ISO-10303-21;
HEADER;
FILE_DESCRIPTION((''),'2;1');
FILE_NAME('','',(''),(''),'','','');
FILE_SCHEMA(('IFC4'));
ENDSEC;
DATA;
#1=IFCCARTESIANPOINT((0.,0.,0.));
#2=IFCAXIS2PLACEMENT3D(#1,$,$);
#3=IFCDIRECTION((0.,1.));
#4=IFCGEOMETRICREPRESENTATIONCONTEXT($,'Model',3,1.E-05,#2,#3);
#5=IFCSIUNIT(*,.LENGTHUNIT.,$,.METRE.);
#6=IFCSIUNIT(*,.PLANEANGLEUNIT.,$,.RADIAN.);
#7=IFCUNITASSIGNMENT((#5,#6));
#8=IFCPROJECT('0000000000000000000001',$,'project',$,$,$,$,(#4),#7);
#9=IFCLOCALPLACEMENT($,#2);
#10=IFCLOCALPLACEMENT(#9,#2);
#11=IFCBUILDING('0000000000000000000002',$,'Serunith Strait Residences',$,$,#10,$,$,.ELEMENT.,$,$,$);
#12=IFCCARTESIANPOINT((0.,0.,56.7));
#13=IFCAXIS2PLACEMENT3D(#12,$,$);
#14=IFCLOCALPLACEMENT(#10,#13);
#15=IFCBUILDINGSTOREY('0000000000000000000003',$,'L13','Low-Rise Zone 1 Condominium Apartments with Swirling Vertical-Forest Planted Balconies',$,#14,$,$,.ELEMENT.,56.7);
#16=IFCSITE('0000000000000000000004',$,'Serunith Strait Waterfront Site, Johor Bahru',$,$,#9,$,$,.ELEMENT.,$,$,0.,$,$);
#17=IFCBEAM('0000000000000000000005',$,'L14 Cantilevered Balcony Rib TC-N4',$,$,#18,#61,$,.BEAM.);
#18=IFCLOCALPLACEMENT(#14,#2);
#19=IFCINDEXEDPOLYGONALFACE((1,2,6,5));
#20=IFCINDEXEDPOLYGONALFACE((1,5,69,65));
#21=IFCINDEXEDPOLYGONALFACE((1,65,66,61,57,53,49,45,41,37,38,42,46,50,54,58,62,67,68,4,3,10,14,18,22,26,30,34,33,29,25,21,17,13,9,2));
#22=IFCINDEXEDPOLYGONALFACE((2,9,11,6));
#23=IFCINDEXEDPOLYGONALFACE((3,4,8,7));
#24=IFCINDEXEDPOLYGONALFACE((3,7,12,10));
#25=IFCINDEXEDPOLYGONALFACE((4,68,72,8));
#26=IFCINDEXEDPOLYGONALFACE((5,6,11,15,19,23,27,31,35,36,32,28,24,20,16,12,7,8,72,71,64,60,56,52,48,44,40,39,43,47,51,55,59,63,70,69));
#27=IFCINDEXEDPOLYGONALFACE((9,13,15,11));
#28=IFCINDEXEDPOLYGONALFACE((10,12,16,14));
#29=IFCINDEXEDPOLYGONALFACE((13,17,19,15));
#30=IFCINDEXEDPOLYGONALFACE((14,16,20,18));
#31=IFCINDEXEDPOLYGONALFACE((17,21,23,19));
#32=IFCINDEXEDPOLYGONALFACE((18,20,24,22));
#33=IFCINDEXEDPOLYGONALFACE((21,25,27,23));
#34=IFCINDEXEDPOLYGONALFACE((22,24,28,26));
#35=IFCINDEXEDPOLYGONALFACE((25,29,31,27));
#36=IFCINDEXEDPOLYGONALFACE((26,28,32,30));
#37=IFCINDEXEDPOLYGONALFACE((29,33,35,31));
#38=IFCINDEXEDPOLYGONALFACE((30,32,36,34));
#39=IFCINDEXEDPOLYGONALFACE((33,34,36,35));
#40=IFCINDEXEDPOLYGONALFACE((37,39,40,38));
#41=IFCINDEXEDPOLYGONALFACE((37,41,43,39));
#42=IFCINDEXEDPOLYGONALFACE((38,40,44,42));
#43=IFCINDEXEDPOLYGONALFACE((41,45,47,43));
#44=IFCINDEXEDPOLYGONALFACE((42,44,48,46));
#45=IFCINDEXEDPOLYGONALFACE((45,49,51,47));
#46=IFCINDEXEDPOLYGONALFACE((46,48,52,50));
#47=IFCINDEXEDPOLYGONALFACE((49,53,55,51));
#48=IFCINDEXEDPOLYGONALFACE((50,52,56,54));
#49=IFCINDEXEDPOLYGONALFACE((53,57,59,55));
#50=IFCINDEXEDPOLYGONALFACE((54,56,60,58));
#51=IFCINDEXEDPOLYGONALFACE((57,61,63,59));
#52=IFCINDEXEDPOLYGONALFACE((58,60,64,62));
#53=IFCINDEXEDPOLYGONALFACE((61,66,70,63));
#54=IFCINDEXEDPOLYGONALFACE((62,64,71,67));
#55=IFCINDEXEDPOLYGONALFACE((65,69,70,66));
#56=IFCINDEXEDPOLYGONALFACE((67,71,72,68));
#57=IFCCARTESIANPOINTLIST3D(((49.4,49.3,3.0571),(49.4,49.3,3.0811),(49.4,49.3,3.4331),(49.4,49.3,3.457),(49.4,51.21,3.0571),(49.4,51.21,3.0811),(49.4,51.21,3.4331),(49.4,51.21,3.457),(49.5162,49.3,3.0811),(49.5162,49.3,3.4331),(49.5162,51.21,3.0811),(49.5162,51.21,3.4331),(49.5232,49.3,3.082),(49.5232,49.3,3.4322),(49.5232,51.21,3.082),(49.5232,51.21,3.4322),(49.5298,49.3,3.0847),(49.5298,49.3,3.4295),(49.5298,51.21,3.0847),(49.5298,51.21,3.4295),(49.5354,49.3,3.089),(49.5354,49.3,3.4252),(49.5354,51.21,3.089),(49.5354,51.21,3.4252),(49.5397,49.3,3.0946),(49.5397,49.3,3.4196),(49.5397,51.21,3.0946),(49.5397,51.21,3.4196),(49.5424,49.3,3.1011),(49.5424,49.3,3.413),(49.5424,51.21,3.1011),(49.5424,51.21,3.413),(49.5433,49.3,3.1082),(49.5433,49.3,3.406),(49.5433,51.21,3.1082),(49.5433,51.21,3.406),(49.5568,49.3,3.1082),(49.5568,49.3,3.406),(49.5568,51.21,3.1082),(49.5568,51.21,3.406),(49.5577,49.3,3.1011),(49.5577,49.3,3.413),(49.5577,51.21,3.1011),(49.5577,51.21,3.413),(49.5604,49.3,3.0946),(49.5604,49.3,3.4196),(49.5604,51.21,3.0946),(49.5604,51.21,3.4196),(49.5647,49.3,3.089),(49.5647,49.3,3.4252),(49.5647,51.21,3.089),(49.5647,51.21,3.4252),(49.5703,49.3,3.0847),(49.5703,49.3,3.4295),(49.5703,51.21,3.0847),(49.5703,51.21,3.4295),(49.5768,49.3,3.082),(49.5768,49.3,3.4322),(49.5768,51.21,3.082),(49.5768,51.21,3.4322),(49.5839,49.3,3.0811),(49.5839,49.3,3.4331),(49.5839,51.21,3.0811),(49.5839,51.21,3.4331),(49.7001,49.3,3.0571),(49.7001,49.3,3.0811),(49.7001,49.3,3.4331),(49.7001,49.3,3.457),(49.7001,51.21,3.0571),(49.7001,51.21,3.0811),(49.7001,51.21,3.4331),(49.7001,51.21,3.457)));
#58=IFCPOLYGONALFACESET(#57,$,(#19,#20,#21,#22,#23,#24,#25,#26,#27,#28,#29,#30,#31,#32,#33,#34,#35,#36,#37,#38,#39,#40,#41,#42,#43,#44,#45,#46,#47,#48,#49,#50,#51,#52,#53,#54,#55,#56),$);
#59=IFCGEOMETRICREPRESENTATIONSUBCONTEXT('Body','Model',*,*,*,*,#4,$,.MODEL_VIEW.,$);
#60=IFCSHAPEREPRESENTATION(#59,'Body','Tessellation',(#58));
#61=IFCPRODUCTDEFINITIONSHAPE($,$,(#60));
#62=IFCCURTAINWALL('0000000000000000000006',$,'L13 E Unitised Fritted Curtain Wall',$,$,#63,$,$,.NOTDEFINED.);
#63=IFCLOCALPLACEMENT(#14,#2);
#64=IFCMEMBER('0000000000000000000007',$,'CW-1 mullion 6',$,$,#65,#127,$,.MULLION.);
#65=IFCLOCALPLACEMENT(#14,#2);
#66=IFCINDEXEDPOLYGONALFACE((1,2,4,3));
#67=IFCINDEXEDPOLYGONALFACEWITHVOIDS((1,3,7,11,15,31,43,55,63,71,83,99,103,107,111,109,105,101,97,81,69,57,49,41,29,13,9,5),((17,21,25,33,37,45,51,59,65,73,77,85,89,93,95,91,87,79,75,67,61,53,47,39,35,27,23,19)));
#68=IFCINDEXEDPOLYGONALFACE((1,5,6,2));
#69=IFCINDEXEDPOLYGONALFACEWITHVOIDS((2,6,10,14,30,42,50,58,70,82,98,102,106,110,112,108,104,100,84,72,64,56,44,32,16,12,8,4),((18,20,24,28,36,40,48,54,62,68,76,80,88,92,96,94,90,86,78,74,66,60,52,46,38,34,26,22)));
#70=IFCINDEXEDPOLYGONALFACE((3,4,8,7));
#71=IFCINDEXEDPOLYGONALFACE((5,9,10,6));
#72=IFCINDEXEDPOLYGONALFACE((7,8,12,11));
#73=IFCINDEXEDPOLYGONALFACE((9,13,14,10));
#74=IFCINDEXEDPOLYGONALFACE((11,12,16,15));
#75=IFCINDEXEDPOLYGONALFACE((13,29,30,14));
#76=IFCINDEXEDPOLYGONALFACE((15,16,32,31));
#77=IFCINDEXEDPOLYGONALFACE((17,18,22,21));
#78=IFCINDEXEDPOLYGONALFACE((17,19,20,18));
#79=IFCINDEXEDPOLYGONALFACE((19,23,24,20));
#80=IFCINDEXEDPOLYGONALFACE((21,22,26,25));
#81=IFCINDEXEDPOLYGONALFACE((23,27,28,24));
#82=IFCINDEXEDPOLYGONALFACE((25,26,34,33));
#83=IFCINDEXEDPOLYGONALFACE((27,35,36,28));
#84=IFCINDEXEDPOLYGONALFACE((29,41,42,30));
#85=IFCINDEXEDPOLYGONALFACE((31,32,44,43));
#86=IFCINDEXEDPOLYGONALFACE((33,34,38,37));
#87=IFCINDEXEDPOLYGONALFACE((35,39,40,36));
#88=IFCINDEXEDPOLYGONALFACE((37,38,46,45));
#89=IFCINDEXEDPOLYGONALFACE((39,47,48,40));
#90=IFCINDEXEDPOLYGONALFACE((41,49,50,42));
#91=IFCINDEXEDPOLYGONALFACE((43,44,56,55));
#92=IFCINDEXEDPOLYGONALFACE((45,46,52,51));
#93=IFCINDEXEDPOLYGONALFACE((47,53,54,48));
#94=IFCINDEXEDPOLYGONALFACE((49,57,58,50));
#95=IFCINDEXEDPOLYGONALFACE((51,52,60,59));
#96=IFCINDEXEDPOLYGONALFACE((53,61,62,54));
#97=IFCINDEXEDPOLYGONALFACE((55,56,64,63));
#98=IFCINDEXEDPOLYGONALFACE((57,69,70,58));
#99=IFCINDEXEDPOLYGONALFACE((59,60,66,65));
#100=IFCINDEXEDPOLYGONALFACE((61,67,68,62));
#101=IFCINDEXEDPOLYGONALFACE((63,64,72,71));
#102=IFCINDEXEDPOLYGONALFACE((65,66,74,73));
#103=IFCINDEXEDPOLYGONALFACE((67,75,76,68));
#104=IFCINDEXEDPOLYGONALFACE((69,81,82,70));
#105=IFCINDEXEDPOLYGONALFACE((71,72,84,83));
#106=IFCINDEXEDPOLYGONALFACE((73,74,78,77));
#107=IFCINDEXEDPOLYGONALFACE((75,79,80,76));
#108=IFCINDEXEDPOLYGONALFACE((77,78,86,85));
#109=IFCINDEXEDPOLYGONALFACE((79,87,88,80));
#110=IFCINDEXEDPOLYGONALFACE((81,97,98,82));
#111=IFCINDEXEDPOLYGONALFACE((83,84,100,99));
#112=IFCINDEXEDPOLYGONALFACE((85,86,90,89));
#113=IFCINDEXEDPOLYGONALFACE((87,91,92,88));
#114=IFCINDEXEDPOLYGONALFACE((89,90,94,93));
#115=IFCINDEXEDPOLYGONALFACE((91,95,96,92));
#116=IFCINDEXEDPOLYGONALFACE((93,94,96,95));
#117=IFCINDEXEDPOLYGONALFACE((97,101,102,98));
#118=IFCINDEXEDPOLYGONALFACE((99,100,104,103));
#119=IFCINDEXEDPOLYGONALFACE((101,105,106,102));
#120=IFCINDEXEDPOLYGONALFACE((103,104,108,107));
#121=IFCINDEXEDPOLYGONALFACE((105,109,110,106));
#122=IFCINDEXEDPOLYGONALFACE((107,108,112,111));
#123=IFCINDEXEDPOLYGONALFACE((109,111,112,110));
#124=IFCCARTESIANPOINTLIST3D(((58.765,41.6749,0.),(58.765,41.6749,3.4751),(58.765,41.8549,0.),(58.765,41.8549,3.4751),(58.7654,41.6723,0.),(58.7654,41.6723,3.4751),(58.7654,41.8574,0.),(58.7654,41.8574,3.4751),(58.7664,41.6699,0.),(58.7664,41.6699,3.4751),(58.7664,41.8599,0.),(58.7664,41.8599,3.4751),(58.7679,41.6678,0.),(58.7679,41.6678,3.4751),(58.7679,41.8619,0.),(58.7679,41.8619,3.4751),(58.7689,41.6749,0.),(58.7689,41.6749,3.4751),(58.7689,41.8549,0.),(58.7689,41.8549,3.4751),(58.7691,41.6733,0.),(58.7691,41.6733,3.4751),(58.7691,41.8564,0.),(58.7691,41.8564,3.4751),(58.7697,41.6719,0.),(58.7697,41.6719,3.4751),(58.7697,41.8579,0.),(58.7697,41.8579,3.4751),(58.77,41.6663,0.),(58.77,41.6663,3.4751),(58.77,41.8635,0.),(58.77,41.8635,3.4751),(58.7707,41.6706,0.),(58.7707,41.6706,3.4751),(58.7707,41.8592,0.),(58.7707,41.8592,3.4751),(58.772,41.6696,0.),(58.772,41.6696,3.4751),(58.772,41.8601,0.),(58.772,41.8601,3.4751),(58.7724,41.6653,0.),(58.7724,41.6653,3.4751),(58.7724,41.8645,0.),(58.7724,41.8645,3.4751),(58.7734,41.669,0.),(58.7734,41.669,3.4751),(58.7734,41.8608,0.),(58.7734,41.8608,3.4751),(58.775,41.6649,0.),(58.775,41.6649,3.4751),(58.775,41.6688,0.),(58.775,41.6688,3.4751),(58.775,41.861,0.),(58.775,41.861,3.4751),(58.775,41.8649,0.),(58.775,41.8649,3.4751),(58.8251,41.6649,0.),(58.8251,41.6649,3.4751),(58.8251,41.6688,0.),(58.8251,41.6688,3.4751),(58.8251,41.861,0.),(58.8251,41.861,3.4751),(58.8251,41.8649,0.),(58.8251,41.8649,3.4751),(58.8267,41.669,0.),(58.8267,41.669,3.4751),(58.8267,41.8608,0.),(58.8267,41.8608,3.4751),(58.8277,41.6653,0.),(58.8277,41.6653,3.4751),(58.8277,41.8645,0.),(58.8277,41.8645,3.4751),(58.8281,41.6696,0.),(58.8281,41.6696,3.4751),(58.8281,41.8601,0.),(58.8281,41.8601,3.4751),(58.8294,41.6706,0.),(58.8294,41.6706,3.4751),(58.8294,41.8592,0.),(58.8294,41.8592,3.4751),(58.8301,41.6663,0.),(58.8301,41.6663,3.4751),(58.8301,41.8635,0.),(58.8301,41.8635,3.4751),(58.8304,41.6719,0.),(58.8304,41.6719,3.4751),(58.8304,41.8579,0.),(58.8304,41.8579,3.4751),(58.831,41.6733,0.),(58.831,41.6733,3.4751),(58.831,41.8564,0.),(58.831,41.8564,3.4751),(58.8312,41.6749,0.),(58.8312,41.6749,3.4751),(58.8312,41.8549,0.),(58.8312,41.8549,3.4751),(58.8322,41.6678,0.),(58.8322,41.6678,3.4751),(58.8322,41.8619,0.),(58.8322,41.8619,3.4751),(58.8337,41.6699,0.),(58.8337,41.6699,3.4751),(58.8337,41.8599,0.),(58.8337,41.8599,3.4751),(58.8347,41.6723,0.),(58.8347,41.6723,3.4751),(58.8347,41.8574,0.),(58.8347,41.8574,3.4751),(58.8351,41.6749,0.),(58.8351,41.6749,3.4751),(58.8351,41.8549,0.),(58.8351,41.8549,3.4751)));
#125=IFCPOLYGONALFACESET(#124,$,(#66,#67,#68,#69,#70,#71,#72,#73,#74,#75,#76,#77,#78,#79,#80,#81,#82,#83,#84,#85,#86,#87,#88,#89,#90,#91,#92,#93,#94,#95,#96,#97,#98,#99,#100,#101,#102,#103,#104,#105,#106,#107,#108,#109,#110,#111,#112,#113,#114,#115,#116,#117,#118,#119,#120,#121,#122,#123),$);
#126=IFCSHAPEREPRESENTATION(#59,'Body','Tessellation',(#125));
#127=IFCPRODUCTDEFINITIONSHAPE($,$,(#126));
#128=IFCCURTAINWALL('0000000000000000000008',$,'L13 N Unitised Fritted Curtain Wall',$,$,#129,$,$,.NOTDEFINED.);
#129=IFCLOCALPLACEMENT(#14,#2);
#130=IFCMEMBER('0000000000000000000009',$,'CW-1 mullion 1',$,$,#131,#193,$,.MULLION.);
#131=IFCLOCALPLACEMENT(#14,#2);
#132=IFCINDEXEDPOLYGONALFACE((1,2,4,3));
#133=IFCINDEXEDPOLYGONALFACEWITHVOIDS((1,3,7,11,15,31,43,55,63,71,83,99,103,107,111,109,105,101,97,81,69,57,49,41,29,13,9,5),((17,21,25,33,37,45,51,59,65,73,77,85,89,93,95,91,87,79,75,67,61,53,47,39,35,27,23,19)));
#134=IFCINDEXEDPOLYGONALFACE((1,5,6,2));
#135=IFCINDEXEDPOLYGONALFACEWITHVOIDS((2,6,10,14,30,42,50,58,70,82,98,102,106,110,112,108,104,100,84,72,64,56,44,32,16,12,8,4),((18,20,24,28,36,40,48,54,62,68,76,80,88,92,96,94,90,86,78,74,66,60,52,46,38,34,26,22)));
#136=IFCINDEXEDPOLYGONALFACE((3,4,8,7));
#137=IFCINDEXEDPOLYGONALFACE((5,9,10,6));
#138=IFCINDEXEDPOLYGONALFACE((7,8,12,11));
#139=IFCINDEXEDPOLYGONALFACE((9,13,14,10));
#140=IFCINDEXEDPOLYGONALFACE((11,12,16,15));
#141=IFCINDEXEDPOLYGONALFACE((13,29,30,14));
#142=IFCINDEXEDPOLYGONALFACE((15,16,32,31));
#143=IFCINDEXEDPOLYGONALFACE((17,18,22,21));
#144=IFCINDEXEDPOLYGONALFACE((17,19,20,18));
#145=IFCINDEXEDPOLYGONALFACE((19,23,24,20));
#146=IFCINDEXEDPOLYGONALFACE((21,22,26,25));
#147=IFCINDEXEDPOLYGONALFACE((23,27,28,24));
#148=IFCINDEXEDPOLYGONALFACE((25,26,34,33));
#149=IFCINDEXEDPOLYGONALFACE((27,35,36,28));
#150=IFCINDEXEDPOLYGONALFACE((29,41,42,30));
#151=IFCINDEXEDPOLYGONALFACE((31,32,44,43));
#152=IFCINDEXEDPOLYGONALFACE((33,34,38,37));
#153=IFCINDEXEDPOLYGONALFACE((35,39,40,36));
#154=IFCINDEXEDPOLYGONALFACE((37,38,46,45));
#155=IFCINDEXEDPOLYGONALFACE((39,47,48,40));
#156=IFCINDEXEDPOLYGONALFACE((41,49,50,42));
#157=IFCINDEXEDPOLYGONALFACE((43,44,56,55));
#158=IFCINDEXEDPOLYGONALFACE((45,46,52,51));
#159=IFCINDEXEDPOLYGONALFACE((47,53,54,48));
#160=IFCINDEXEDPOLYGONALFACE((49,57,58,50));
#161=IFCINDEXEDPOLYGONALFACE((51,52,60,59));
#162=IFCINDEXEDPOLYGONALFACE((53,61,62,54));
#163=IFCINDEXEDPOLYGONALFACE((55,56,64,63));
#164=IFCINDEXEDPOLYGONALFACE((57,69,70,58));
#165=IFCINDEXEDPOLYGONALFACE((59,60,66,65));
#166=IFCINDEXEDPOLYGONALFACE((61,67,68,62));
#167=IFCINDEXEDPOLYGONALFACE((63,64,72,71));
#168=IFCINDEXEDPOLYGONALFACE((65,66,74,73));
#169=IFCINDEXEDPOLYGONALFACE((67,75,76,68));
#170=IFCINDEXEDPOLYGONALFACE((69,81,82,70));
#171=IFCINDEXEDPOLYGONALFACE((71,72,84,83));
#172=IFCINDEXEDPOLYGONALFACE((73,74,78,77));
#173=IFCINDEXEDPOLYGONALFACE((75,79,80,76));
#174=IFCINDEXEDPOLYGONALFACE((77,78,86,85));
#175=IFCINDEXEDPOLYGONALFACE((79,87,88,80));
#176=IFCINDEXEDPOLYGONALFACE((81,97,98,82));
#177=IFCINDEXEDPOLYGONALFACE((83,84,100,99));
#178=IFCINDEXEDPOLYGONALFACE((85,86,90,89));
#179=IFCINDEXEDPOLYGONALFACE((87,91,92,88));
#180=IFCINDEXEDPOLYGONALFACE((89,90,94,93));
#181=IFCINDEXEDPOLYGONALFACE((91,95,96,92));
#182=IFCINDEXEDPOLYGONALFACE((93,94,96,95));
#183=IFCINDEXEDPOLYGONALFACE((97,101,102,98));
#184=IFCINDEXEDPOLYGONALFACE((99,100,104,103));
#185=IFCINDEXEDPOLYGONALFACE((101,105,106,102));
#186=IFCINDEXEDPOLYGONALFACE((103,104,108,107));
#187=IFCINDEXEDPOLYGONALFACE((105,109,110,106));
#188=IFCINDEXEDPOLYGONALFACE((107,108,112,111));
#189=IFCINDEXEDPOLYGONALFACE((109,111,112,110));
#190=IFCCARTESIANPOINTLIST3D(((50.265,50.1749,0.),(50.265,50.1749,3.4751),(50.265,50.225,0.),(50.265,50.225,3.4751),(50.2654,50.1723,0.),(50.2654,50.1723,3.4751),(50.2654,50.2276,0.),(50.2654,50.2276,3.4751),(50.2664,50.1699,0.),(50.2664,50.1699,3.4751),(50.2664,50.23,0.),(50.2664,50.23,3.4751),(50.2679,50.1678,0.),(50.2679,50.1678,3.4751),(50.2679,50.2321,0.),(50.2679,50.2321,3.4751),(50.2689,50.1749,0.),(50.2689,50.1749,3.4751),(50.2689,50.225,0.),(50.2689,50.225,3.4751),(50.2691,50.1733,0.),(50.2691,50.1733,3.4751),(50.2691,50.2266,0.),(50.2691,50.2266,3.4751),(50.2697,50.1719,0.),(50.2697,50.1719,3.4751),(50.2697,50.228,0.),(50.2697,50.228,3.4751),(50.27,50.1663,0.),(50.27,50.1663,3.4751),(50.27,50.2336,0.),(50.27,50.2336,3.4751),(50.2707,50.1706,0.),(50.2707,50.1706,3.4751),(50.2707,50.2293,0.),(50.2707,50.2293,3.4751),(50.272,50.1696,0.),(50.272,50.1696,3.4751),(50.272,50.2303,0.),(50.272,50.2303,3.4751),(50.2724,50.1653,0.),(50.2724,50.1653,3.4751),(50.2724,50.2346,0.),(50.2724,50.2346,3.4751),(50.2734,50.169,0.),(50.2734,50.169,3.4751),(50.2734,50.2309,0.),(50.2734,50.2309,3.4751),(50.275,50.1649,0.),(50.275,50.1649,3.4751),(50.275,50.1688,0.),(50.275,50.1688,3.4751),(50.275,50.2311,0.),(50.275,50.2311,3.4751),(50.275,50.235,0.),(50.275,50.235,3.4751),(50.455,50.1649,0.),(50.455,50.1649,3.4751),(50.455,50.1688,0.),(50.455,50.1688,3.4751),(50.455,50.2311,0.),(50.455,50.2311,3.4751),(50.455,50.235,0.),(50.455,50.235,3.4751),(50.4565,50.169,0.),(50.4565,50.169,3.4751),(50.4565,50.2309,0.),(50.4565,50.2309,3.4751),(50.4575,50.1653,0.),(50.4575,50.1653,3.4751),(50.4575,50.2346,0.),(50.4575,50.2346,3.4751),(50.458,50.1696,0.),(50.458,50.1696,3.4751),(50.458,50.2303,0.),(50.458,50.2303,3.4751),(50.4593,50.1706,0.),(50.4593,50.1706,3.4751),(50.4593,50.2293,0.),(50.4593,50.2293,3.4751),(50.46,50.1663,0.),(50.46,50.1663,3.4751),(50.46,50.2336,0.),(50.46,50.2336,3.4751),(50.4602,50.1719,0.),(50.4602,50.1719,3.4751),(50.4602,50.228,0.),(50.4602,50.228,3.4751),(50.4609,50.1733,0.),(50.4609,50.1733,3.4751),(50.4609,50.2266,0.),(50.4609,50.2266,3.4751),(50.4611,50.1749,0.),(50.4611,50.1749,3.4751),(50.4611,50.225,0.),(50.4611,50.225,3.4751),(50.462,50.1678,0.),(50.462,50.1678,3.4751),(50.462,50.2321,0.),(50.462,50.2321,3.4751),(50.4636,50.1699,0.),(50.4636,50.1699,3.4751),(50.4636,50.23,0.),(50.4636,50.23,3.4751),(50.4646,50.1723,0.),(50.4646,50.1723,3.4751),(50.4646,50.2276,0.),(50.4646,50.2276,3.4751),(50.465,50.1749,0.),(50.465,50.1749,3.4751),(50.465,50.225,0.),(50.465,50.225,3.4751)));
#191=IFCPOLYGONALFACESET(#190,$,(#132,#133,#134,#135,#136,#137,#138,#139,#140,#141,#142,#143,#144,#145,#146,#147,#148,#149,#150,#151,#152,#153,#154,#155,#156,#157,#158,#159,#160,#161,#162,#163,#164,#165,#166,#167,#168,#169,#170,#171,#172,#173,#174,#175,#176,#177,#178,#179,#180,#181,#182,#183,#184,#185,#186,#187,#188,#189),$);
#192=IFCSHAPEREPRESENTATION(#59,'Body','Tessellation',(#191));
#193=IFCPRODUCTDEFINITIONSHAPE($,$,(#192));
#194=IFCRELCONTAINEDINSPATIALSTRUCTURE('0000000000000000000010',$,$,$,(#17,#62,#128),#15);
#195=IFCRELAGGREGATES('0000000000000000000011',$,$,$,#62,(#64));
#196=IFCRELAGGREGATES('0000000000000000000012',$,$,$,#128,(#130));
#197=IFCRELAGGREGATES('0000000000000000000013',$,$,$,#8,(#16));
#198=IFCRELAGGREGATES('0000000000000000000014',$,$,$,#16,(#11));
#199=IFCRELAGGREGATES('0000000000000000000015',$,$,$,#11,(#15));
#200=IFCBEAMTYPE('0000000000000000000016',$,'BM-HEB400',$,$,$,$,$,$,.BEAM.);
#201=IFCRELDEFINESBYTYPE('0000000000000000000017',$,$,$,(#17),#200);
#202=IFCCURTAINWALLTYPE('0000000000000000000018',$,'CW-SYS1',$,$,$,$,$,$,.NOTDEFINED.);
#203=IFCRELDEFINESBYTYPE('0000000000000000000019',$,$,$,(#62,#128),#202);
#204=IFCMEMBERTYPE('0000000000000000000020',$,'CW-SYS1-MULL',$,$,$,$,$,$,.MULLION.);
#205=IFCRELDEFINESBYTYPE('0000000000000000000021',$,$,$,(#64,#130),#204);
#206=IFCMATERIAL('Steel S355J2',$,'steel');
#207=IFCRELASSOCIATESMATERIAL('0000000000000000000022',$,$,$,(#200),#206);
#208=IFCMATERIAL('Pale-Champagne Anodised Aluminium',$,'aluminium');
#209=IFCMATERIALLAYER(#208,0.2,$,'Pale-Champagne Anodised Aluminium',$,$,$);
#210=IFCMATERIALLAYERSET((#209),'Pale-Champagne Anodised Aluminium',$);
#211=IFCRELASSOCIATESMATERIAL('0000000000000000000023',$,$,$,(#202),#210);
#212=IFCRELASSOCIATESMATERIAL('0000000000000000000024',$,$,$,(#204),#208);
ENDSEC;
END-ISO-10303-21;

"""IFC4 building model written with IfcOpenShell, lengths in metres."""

from ifc_helpers import new_model, si_unit, direction, frame, origin, origin_2d, place, context, subcontext, project, spatial, hollow_rectangle, i_section, extrude, source, transform, mapped, material, layer, layer_set, material_profile, profile_set, type_object, element, aggregate, save


model = new_model("IFC4")

# Units and contexts
model_context = context("Model", 3, precision=1e-05, world=origin(), true_north=direction((0.0, 1.0)))
body_context = subcontext(model_context, "Body", "Model", "MODEL_VIEW")
ifc_project = project(units=[si_unit("LENGTHUNIT", "METRE"), si_unit("PLANEANGLEUNIT", "RADIAN")], contexts=[model_context])

# Site, building, storey
site_placement = place(None, origin())
site = spatial("IfcSite", under=ifc_project, at=site_placement, Name="Serunith Strait Waterfront Site, Johor Bahru", CompositionType="ELEMENT", RefElevation=0.0)
building_placement = place(site_placement, origin())
building = spatial("IfcBuilding", under=site, at=building_placement, Name="Serunith Strait Residences", CompositionType="ELEMENT")
storey_placement = place(building_placement, frame((0.0, 0.0, 56.7)))
storey = spatial("IfcBuildingStorey", under=building, at=storey_placement, Name="L13", Description="Low-Rise Zone 1 Condominium Apartments with Swirling Vertical-Forest Planted Balconies", CompositionType="ELEMENT", Elevation=56.7)

# Beam
ifc_material_1 = material(Name="Steel S355J2", Category="steel")
ifc_material_profile_1 = material_profile(ifc_material_1, i_section(OverallWidth=0.3, OverallDepth=0.3999, WebThickness=0.0134, FlangeThickness=0.0239, FilletRadius=0.0271, at=origin_2d()), Name="HEB 400")
ifc_profile_set_1 = profile_set([ifc_material_profile_1], Name="Steel S355J2")
beam_type_1 = type_object("IfcBeamType", Name="BM-HEB400", PredefinedType="BEAM", material=ifc_profile_set_1)
shared_shape_1 = source(origin(), body_context, "Body", "SweptSolid", [
    extrude(i_section(OverallWidth=0.3, OverallDepth=0.3999, WebThickness=0.0134, FlangeThickness=0.0239, FilletRadius=0.0271, at=origin_2d()), origin(), (0.0, 0.0, 1.0), 1.9099),
])
beam_1_placement = place(storey_placement, frame((49.55, 49.3, 3.2571), z_axis=(0.0, 1.0, 0.0), x_axis=(-1.0, 0.0, 0.0)))
element("IfcBeam", 1, at=beam_1_placement, inside=storey, type_object=beam_type_1, Name="L14 Cantilevered Balcony Rib TC-N4", PredefinedType="BEAM", context=body_context, shape_type="MappedRepresentation", body=[
    mapped(shared_shape_1, transform((0.0, 0.0, 0.0), scale=1.0)),
])

# Curtain wall, member
ifc_material_2 = material(Name="Pale-Champagne Anodised Aluminium", Category="aluminium")
ifc_layer_1 = layer(ifc_material_2, 0.2, Name="Pale-Champagne Anodised Aluminium")
ifc_layer_set_1 = layer_set([ifc_layer_1], Name="Pale-Champagne Anodised Aluminium")
curtain_wall_type = type_object("IfcCurtainWallType", Name="CW-SYS1", PredefinedType="NOTDEFINED", material=ifc_layer_set_1)
curtain_wall_1_placement = place(storey_placement, origin())
curtain_wall_1 = element("IfcCurtainWall", 2, at=curtain_wall_1_placement, inside=storey, type_object=curtain_wall_type, Name="L13 E Unitised Fritted Curtain Wall", PredefinedType="NOTDEFINED")
ifc_material_profile_2 = material_profile(ifc_material_2, hollow_rectangle(XDim=0.0701, YDim=0.2, WallThickness=0.0039, InnerFilletRadius=0.0061, OuterFilletRadius=0.01, at=origin_2d()), Name="ALU 200x70x4")
ifc_profile_set_2 = profile_set([ifc_material_profile_2], Name="Pale-Champagne Anodised Aluminium")
member_type_1 = type_object("IfcMemberType", Name="CW-SYS1-MULL", PredefinedType="MULLION", material=ifc_profile_set_2)
shared_shape_2 = source(origin(), body_context, "Body", "SweptSolid", [
    extrude(hollow_rectangle(XDim=0.0701, YDim=0.2, WallThickness=0.0039, InnerFilletRadius=0.0061, OuterFilletRadius=0.01, at=origin_2d()), origin(), (0.0, 0.0, 1.0), 3.4751),
])
member_1_placement = place(storey_placement, frame((58.8, 41.7649, 0.0), z_axis=(0.0, 0.0, 1.0), x_axis=(-1.0, 0.0, 0.0)))
member_1 = element("IfcMember", 3, at=member_1_placement, type_object=member_type_1, Name="CW-1 mullion 6", PredefinedType="MULLION", context=body_context, shape_type="MappedRepresentation", body=[
    mapped(shared_shape_2, transform((0.0, 0.0, 0.0), scale=1.0)),
])

# Curtain wall, member
curtain_wall_2_placement = place(storey_placement, origin())
curtain_wall_2 = element("IfcCurtainWall", 4, at=curtain_wall_2_placement, inside=storey, type_object=curtain_wall_type, Name="L13 N Unitised Fritted Curtain Wall", PredefinedType="NOTDEFINED")
member_2_placement = place(storey_placement, frame((50.365, 50.2, 0.0), z_axis=(0.0, 0.0, 1.0), x_axis=(0.0, -1.0, 0.0)))
member_2 = element("IfcMember", 5, at=member_2_placement, type_object=member_type_1, Name="CW-1 mullion 1", PredefinedType="MULLION", context=body_context, shape_type="MappedRepresentation", body=[
    mapped(shared_shape_2, transform((0.0, 0.0, 0.0), scale=1.0)),
])

aggregate(curtain_wall_1, [member_1])
aggregate(curtain_wall_2, [member_2])

save(model, "model.ifc")
